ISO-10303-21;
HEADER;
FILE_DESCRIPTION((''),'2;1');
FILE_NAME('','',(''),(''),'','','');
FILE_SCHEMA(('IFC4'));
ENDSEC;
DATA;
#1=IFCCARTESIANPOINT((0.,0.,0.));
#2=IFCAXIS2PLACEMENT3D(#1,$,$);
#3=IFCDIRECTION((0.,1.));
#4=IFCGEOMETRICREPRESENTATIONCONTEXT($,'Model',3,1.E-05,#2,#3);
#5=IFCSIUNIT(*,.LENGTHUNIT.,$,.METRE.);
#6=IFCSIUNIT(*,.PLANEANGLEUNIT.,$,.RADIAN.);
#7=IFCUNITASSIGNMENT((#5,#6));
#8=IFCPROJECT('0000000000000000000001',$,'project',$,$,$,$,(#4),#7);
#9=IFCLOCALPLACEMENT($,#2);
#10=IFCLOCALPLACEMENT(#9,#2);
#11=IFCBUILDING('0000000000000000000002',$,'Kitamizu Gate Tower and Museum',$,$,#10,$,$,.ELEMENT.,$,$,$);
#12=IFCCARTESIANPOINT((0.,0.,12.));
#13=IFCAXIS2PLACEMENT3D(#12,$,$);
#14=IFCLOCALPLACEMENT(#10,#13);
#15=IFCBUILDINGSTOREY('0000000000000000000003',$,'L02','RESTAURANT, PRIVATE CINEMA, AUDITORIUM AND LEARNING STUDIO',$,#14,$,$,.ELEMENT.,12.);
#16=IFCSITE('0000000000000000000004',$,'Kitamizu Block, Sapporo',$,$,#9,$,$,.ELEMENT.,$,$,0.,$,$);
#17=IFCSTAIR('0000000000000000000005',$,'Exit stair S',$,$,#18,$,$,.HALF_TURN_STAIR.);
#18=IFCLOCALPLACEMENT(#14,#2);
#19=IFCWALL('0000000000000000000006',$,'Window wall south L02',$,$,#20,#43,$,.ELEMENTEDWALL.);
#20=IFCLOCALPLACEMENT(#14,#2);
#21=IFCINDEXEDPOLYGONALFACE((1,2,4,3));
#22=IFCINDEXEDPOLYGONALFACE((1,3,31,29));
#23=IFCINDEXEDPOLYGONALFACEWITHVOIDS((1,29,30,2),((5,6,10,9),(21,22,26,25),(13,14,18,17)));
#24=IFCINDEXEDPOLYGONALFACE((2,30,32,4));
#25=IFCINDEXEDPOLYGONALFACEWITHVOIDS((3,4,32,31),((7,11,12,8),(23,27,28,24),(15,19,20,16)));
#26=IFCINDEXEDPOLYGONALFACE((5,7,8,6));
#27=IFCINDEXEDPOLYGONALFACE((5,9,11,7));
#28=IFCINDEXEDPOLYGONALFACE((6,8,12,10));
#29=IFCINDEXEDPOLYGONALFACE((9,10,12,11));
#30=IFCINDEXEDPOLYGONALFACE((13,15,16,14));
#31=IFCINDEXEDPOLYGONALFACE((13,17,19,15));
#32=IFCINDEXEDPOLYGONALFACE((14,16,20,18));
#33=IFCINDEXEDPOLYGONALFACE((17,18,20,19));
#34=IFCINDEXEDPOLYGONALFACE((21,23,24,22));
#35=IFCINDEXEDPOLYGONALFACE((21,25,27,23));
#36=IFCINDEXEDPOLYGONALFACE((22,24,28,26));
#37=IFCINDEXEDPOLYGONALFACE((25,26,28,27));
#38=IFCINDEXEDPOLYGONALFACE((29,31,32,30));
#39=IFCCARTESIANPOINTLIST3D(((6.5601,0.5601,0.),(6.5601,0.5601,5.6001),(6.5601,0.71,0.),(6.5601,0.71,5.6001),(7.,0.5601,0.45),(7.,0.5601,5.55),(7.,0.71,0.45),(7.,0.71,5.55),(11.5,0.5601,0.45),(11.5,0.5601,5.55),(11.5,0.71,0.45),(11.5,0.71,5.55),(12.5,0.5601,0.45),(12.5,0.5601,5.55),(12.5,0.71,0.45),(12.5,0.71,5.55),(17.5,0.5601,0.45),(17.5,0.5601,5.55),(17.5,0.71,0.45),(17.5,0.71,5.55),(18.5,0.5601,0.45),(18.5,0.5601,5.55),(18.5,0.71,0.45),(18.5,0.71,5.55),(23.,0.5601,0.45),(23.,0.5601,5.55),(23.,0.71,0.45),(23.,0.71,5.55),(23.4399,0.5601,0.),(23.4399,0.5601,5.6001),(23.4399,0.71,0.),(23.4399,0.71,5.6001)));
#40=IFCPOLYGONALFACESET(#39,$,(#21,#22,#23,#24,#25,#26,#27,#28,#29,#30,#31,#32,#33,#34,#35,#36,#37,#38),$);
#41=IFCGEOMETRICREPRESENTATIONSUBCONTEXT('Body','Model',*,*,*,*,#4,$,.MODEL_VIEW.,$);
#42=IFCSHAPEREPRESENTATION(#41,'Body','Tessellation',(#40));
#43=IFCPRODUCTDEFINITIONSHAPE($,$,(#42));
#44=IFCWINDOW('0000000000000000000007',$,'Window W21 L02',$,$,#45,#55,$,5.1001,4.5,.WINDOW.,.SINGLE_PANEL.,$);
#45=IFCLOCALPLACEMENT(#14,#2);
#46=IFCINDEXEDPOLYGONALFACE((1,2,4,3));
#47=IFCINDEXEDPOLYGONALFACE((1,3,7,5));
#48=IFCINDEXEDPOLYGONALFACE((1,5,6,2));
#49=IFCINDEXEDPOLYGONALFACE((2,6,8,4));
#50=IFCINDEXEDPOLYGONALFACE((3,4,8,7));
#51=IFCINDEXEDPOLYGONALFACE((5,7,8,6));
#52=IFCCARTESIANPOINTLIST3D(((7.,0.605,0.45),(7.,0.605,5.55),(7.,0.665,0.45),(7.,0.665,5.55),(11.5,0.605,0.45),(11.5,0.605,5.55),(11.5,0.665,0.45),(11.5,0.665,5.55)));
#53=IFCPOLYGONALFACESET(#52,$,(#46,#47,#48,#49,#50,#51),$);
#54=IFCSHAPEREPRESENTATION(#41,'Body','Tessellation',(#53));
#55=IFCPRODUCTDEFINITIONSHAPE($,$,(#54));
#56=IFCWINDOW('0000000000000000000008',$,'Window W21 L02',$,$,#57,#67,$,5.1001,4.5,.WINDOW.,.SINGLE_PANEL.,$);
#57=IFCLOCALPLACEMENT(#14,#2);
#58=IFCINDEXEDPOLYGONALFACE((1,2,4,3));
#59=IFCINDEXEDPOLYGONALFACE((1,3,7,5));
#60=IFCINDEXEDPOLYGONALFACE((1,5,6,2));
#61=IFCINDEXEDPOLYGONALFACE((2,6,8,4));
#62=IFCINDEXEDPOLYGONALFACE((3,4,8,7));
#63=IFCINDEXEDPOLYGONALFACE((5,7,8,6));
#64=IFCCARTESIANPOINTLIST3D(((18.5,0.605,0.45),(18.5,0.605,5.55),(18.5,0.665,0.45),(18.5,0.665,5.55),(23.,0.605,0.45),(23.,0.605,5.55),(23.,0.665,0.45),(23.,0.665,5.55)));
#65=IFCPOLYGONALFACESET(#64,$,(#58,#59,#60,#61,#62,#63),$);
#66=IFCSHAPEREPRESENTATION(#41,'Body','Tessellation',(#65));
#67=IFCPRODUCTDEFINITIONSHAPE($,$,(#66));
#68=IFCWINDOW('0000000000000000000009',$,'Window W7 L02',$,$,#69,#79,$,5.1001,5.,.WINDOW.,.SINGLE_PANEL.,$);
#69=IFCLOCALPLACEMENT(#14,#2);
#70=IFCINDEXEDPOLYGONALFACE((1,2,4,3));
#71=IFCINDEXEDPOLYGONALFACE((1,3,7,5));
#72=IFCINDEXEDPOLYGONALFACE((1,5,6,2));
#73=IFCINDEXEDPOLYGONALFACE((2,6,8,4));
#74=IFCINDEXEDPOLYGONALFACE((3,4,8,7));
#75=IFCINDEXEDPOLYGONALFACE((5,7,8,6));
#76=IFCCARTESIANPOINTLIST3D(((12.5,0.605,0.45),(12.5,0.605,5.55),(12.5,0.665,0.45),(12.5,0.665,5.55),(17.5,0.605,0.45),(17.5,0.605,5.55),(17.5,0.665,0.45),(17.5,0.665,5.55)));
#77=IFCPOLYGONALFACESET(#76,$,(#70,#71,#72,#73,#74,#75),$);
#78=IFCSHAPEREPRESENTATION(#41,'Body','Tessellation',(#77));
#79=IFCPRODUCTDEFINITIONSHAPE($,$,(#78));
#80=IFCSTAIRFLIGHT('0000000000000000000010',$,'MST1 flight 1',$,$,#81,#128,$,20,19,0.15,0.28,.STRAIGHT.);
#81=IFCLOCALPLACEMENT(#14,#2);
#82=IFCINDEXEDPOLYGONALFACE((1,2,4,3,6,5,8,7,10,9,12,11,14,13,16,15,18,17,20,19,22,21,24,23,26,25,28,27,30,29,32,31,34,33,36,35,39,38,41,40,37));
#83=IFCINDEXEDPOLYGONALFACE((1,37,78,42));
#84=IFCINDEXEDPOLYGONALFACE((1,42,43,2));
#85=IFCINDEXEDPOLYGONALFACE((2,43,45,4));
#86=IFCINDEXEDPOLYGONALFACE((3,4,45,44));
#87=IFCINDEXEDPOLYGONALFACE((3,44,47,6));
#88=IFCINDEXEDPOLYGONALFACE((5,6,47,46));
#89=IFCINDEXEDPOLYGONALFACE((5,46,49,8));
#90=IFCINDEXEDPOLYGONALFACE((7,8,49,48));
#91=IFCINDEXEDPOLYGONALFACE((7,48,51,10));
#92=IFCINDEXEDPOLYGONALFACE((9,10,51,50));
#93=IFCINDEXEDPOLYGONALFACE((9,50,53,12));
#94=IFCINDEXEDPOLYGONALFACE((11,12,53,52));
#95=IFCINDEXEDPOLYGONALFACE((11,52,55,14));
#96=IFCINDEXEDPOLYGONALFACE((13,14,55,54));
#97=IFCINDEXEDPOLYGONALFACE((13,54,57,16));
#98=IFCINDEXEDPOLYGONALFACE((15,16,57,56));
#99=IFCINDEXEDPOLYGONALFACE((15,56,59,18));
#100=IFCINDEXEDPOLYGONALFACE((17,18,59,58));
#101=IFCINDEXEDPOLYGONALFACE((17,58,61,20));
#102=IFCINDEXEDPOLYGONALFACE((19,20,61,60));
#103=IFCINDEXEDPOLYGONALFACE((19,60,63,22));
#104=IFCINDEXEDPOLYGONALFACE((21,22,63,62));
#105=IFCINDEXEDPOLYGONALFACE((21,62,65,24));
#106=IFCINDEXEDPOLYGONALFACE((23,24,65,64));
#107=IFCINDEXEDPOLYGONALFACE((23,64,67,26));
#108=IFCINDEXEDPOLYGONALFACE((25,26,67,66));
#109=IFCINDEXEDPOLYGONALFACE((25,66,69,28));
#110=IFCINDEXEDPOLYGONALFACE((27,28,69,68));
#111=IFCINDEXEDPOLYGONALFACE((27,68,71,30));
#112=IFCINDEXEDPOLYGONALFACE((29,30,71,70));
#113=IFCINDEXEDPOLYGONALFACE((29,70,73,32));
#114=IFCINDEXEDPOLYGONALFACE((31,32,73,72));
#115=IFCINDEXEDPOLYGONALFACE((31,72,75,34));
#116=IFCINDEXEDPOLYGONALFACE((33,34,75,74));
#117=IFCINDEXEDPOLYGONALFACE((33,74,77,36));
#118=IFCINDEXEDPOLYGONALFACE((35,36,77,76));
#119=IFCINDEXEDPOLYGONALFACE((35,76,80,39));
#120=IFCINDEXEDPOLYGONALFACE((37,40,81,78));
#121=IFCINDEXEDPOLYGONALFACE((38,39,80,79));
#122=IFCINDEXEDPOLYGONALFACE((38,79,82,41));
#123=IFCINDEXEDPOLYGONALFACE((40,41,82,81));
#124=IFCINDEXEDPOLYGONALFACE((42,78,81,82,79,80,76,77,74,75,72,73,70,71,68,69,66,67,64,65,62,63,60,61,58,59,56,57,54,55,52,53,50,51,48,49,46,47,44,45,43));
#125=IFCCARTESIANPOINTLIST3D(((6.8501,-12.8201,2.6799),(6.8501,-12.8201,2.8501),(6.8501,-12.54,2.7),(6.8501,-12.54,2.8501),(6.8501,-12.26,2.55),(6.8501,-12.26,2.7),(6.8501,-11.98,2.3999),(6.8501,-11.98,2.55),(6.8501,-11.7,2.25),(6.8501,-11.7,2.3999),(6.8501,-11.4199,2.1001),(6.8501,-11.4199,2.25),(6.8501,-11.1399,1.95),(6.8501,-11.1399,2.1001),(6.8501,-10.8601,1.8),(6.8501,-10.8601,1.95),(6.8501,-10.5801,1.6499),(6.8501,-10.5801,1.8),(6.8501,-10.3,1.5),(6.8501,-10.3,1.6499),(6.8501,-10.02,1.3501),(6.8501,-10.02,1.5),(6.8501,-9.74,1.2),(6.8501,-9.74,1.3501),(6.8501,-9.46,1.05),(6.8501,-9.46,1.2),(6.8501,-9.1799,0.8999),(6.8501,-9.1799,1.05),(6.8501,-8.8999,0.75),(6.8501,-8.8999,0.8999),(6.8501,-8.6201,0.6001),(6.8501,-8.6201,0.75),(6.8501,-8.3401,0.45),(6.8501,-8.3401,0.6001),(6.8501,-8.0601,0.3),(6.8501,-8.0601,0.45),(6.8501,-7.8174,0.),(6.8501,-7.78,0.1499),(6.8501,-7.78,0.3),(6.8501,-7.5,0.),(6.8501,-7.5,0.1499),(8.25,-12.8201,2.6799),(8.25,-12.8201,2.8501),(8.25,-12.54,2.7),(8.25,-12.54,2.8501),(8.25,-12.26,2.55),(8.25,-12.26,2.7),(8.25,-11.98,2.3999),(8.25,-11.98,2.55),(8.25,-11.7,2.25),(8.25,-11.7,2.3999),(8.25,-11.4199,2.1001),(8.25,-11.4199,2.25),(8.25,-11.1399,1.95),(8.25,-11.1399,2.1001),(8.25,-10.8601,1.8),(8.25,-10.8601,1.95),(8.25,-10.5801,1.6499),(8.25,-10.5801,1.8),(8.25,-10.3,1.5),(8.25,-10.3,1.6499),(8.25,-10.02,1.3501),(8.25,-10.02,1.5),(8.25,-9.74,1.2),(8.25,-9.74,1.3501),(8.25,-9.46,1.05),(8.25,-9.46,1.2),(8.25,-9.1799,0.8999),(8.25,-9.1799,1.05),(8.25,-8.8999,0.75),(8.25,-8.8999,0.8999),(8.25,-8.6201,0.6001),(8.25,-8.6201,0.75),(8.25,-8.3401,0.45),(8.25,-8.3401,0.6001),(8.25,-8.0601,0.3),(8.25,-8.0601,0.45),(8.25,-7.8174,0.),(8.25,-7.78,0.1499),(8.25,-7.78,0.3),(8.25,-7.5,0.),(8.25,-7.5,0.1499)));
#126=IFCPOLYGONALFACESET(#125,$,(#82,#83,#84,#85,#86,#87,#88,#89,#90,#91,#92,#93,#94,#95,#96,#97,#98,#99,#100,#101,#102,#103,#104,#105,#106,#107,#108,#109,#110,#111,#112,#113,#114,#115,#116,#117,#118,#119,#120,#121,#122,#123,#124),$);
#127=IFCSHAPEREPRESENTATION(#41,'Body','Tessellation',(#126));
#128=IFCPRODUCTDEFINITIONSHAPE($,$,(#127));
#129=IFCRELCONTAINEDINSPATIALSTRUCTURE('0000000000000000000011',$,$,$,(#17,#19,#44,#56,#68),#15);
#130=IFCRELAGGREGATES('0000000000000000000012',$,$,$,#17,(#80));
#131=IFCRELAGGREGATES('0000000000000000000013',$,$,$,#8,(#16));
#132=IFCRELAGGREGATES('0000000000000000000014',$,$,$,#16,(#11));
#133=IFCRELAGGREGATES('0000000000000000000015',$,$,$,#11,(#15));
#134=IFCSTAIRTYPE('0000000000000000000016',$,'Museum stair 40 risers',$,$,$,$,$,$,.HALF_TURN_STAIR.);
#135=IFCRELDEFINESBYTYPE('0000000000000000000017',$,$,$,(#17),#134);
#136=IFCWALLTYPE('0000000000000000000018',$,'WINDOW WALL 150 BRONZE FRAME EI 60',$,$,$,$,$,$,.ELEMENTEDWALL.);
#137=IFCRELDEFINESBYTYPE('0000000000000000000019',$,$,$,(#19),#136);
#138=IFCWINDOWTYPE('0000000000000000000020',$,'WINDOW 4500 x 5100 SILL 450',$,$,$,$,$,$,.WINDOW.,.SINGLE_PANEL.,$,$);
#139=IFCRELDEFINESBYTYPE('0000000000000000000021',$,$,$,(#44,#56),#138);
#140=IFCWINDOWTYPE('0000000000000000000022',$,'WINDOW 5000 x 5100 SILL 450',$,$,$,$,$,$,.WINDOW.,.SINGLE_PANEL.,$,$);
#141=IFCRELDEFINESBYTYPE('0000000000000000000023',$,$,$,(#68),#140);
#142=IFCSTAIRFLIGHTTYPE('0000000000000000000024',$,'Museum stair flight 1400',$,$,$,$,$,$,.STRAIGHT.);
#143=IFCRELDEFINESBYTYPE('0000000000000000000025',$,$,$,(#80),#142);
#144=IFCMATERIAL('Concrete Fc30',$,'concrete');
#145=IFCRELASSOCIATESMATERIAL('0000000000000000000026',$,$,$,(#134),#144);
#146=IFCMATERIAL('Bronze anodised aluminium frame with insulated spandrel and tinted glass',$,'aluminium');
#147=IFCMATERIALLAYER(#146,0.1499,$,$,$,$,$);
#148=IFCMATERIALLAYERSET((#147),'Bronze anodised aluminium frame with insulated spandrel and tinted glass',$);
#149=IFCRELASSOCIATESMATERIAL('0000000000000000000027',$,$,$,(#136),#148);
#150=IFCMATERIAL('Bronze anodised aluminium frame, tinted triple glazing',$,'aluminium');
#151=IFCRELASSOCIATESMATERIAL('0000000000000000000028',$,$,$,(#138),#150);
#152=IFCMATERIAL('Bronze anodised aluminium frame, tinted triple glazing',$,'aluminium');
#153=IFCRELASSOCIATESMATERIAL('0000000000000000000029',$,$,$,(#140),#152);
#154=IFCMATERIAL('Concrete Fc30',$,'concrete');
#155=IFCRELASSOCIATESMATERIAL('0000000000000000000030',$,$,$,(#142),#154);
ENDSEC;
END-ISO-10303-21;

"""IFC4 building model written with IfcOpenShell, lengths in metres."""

from ifc_helpers import new_model, si_unit, direction, frame, frame_2d, origin, place, context, subcontext, project, spatial, polyline, rectangle, outline, extrude, material, layer, layer_set, type_object, element, fill, aggregate, save


model = new_model("IFC4")

# Units and contexts
model_context = context("Model", 3, precision=1e-05, world=origin(), true_north=direction((0.0, 1.0)))
body_context = subcontext(model_context, "Body", "Model", "MODEL_VIEW")
ifc_project = project(units=[si_unit("LENGTHUNIT", "METRE"), si_unit("PLANEANGLEUNIT", "RADIAN")], contexts=[model_context])

# Site, building, storey
site_placement = place(None, origin())
site = spatial("IfcSite", under=ifc_project, at=site_placement, Name="Kitamizu Block, Sapporo", CompositionType="ELEMENT", RefElevation=0.0)
building_placement = place(site_placement, origin())
building = spatial("IfcBuilding", under=site, at=building_placement, Name="Kitamizu Gate Tower and Museum", CompositionType="ELEMENT")
storey_placement = place(building_placement, frame((0.0, 0.0, 12.0)))
storey = spatial("IfcBuildingStorey", under=building, at=storey_placement, Name="L02", Description="RESTAURANT, PRIVATE CINEMA, AUDITORIUM AND LEARNING STUDIO", CompositionType="ELEMENT", Elevation=12.0)

# Stair
ifc_material_1 = material(Name="Concrete Fc30", Category="concrete")
stair_type_1 = type_object("IfcStairType", Name="Museum stair 40 risers", PredefinedType="HALF_TURN_STAIR", material=ifc_material_1)
stair_1_placement = place(storey_placement, origin())
stair_1 = element("IfcStair", 1, at=stair_1_placement, inside=storey, type_object=stair_type_1, Name="Exit stair S", PredefinedType="HALF_TURN_STAIR")

# Shared definitions
ifc_material_2 = material(Name="Bronze anodised aluminium frame with insulated spandrel and tinted glass", Category="aluminium")
ifc_layer_1 = layer(ifc_material_2, 0.1499)
ifc_layer_set_1 = layer_set([ifc_layer_1], Name="Bronze anodised aluminium frame with insulated spandrel and tinted glass")
wall_type_1 = type_object("IfcWallType", Name="WINDOW WALL 150 BRONZE FRAME EI 60", PredefinedType="ELEMENTEDWALL", material=ifc_layer_set_1)

# Wall, openings, windows
wall_1_placement = place(storey_placement, frame((6.5601, 0.635, 0.0), z_axis=(0.0, 0.0, 1.0), x_axis=(1.0, 0.0, 0.0)))
wall_1 = element("IfcWall", 2, at=wall_1_placement, inside=storey, type_object=wall_type_1, Name="Window wall south L02", PredefinedType="ELEMENTEDWALL", context=body_context, shape_type="SweptSolid", body=[
    extrude(rectangle(XDim=16.8799, YDim=0.1499, at=frame_2d((8.4399, 0.0))), origin(), (0.0, 0.0, 1.0), 5.6001),
])
opening_1_placement = place(wall_1_placement, frame((0.4399, 0.0, 0.45)))
opening_1 = element("IfcOpeningElement", 3, at=opening_1_placement, cuts=wall_1, PredefinedType="OPENING", context=body_context, shape_type="SweptSolid", body=[
    extrude(rectangle(XDim=4.5, YDim=5.1001, at=frame_2d((2.25, 2.55))), frame((0.0, 0.085, 0.0), z_axis=(0.0, -1.0, 0.0), x_axis=(1.0, 0.0, 0.0)), (0.0, 0.0, 1.0), 0.1699),
])
opening_2_placement = place(wall_1_placement, frame((5.9399, 0.0, 0.45)))
opening_2 = element("IfcOpeningElement", 4, at=opening_2_placement, cuts=wall_1, PredefinedType="OPENING", context=body_context, shape_type="SweptSolid", body=[
    extrude(rectangle(XDim=5.0, YDim=5.1001, at=frame_2d((2.5, 2.55))), frame((0.0, 0.085, 0.0), z_axis=(0.0, -1.0, 0.0), x_axis=(1.0, 0.0, 0.0)), (0.0, 0.0, 1.0), 0.1699),
])
opening_3_placement = place(wall_1_placement, frame((11.9399, 0.0, 0.45)))
opening_3 = element("IfcOpeningElement", 5, at=opening_3_placement, cuts=wall_1, PredefinedType="OPENING", context=body_context, shape_type="SweptSolid", body=[
    extrude(rectangle(XDim=4.5, YDim=5.1001, at=frame_2d((2.25, 2.55))), frame((0.0, 0.085, 0.0), z_axis=(0.0, -1.0, 0.0), x_axis=(1.0, 0.0, 0.0)), (0.0, 0.0, 1.0), 0.1699),
])
ifc_material_3 = material(Name="Bronze anodised aluminium frame, tinted triple glazing", Category="aluminium")
window_type_1 = type_object("IfcWindowType", Name="WINDOW 4500 x 5100 SILL 450", PartitioningType="SINGLE_PANEL", PredefinedType="WINDOW", material=ifc_material_3)
window_1_placement = place(opening_1_placement, origin())
window_1 = element("IfcWindow", 6, at=window_1_placement, inside=storey, type_object=window_type_1, Name="Window W21 L02", OverallHeight=5.1001, OverallWidth=4.5, PartitioningType="SINGLE_PANEL", PredefinedType="WINDOW", context=body_context, shape_type="SweptSolid", body=[
    extrude(rectangle(XDim=4.5, YDim=5.1001, at=frame_2d((2.25, 2.55))), frame((0.0, 0.03, 0.0), z_axis=(0.0, -1.0, 0.0), x_axis=(1.0, 0.0, 0.0)), (0.0, 0.0, 1.0), 0.0601),
])
fill(opening_1, window_1)
window_2_placement = place(opening_3_placement, origin())
window_2 = element("IfcWindow", 7, at=window_2_placement, inside=storey, type_object=window_type_1, Name="Window W21 L02", OverallHeight=5.1001, OverallWidth=4.5, PartitioningType="SINGLE_PANEL", PredefinedType="WINDOW", context=body_context, shape_type="SweptSolid", body=[
    extrude(rectangle(XDim=4.5, YDim=5.1001, at=frame_2d((2.25, 2.55))), frame((0.0, 0.03, 0.0), z_axis=(0.0, -1.0, 0.0), x_axis=(1.0, 0.0, 0.0)), (0.0, 0.0, 1.0), 0.0601),
])
fill(opening_3, window_2)
ifc_material_4 = material(Name="Bronze anodised aluminium frame, tinted triple glazing", Category="aluminium")
window_type_2 = type_object("IfcWindowType", Name="WINDOW 5000 x 5100 SILL 450", PartitioningType="SINGLE_PANEL", PredefinedType="WINDOW", material=ifc_material_4)
window_3_placement = place(opening_2_placement, origin())
window_3 = element("IfcWindow", 8, at=window_3_placement, inside=storey, type_object=window_type_2, Name="Window W7 L02", OverallHeight=5.1001, OverallWidth=5.0, PartitioningType="SINGLE_PANEL", PredefinedType="WINDOW", context=body_context, shape_type="SweptSolid", body=[
    extrude(rectangle(XDim=5.0, YDim=5.1001, at=frame_2d((2.5, 2.55))), frame((0.0, 0.03, 0.0), z_axis=(0.0, -1.0, 0.0), x_axis=(1.0, 0.0, 0.0)), (0.0, 0.0, 1.0), 0.0601),
])
fill(opening_2, window_3)

# Stair flight
ifc_material_5 = material(Name="Concrete Fc30", Category="concrete")
stair_flight_type = type_object("IfcStairFlightType", Name="Museum stair flight 1400", PredefinedType="STRAIGHT", material=ifc_material_5)
stair_flight_placement = place(storey_placement, frame((7.55, -7.5, 0.0), z_axis=(0.0, 0.0, 1.0), x_axis=(0.0, -1.0, 0.0)))
stair_flight = element("IfcStairFlight", 9, at=stair_flight_placement, type_object=stair_flight_type, Name="MST1 flight 1", NumberOfRisers=20, NumberOfTreads=19, PredefinedType="STRAIGHT", RiserHeight=0.15, TreadLength=0.28, context=body_context, shape_type="SweptSolid", body=[
    extrude(outline(polyline([(0.0, 0.0), (0.0, 0.1499), (0.28, 0.1499), (0.28, 0.3), (0.5601, 0.3), (0.5601, 0.45), (0.8401, 0.45), (0.8401, 0.6001), (1.1201, 0.6001), (1.1201, 0.75), (1.3999, 0.75), (1.3999, 0.8999), (1.6799, 0.8999), (1.6799, 1.05), (1.96, 1.05), (1.96, 1.2), (2.24, 1.2), (2.24, 1.3501), (2.52, 1.3501), (2.52, 1.5), (2.8, 1.5), (2.8, 1.6499), (3.0801, 1.6499), (3.0801, 1.8), (3.3601, 1.8), (3.3601, 1.95), (3.6399, 1.95), (3.6399, 2.1001), (3.9199, 2.1001), (3.9199, 2.25), (4.2, 2.25), (4.2, 2.3999), (4.48, 2.3999), (4.48, 2.55), (4.76, 2.55), (4.76, 2.7), (5.04, 2.7), (5.04, 2.8501), (5.3201, 2.8501), (5.3201, 3.0), (5.3201, 2.6799), (0.3174, 0.0), (0.0, 0.0)])), frame((0.0, 0.7, 0.0), z_axis=(0.0, -1.0, 0.0), x_axis=(1.0, 0.0, 0.0)), (0.0, 0.0, 1.0), 1.3999),
])
aggregate(stair_1, [stair_flight])

save(model, "model.ifc")
